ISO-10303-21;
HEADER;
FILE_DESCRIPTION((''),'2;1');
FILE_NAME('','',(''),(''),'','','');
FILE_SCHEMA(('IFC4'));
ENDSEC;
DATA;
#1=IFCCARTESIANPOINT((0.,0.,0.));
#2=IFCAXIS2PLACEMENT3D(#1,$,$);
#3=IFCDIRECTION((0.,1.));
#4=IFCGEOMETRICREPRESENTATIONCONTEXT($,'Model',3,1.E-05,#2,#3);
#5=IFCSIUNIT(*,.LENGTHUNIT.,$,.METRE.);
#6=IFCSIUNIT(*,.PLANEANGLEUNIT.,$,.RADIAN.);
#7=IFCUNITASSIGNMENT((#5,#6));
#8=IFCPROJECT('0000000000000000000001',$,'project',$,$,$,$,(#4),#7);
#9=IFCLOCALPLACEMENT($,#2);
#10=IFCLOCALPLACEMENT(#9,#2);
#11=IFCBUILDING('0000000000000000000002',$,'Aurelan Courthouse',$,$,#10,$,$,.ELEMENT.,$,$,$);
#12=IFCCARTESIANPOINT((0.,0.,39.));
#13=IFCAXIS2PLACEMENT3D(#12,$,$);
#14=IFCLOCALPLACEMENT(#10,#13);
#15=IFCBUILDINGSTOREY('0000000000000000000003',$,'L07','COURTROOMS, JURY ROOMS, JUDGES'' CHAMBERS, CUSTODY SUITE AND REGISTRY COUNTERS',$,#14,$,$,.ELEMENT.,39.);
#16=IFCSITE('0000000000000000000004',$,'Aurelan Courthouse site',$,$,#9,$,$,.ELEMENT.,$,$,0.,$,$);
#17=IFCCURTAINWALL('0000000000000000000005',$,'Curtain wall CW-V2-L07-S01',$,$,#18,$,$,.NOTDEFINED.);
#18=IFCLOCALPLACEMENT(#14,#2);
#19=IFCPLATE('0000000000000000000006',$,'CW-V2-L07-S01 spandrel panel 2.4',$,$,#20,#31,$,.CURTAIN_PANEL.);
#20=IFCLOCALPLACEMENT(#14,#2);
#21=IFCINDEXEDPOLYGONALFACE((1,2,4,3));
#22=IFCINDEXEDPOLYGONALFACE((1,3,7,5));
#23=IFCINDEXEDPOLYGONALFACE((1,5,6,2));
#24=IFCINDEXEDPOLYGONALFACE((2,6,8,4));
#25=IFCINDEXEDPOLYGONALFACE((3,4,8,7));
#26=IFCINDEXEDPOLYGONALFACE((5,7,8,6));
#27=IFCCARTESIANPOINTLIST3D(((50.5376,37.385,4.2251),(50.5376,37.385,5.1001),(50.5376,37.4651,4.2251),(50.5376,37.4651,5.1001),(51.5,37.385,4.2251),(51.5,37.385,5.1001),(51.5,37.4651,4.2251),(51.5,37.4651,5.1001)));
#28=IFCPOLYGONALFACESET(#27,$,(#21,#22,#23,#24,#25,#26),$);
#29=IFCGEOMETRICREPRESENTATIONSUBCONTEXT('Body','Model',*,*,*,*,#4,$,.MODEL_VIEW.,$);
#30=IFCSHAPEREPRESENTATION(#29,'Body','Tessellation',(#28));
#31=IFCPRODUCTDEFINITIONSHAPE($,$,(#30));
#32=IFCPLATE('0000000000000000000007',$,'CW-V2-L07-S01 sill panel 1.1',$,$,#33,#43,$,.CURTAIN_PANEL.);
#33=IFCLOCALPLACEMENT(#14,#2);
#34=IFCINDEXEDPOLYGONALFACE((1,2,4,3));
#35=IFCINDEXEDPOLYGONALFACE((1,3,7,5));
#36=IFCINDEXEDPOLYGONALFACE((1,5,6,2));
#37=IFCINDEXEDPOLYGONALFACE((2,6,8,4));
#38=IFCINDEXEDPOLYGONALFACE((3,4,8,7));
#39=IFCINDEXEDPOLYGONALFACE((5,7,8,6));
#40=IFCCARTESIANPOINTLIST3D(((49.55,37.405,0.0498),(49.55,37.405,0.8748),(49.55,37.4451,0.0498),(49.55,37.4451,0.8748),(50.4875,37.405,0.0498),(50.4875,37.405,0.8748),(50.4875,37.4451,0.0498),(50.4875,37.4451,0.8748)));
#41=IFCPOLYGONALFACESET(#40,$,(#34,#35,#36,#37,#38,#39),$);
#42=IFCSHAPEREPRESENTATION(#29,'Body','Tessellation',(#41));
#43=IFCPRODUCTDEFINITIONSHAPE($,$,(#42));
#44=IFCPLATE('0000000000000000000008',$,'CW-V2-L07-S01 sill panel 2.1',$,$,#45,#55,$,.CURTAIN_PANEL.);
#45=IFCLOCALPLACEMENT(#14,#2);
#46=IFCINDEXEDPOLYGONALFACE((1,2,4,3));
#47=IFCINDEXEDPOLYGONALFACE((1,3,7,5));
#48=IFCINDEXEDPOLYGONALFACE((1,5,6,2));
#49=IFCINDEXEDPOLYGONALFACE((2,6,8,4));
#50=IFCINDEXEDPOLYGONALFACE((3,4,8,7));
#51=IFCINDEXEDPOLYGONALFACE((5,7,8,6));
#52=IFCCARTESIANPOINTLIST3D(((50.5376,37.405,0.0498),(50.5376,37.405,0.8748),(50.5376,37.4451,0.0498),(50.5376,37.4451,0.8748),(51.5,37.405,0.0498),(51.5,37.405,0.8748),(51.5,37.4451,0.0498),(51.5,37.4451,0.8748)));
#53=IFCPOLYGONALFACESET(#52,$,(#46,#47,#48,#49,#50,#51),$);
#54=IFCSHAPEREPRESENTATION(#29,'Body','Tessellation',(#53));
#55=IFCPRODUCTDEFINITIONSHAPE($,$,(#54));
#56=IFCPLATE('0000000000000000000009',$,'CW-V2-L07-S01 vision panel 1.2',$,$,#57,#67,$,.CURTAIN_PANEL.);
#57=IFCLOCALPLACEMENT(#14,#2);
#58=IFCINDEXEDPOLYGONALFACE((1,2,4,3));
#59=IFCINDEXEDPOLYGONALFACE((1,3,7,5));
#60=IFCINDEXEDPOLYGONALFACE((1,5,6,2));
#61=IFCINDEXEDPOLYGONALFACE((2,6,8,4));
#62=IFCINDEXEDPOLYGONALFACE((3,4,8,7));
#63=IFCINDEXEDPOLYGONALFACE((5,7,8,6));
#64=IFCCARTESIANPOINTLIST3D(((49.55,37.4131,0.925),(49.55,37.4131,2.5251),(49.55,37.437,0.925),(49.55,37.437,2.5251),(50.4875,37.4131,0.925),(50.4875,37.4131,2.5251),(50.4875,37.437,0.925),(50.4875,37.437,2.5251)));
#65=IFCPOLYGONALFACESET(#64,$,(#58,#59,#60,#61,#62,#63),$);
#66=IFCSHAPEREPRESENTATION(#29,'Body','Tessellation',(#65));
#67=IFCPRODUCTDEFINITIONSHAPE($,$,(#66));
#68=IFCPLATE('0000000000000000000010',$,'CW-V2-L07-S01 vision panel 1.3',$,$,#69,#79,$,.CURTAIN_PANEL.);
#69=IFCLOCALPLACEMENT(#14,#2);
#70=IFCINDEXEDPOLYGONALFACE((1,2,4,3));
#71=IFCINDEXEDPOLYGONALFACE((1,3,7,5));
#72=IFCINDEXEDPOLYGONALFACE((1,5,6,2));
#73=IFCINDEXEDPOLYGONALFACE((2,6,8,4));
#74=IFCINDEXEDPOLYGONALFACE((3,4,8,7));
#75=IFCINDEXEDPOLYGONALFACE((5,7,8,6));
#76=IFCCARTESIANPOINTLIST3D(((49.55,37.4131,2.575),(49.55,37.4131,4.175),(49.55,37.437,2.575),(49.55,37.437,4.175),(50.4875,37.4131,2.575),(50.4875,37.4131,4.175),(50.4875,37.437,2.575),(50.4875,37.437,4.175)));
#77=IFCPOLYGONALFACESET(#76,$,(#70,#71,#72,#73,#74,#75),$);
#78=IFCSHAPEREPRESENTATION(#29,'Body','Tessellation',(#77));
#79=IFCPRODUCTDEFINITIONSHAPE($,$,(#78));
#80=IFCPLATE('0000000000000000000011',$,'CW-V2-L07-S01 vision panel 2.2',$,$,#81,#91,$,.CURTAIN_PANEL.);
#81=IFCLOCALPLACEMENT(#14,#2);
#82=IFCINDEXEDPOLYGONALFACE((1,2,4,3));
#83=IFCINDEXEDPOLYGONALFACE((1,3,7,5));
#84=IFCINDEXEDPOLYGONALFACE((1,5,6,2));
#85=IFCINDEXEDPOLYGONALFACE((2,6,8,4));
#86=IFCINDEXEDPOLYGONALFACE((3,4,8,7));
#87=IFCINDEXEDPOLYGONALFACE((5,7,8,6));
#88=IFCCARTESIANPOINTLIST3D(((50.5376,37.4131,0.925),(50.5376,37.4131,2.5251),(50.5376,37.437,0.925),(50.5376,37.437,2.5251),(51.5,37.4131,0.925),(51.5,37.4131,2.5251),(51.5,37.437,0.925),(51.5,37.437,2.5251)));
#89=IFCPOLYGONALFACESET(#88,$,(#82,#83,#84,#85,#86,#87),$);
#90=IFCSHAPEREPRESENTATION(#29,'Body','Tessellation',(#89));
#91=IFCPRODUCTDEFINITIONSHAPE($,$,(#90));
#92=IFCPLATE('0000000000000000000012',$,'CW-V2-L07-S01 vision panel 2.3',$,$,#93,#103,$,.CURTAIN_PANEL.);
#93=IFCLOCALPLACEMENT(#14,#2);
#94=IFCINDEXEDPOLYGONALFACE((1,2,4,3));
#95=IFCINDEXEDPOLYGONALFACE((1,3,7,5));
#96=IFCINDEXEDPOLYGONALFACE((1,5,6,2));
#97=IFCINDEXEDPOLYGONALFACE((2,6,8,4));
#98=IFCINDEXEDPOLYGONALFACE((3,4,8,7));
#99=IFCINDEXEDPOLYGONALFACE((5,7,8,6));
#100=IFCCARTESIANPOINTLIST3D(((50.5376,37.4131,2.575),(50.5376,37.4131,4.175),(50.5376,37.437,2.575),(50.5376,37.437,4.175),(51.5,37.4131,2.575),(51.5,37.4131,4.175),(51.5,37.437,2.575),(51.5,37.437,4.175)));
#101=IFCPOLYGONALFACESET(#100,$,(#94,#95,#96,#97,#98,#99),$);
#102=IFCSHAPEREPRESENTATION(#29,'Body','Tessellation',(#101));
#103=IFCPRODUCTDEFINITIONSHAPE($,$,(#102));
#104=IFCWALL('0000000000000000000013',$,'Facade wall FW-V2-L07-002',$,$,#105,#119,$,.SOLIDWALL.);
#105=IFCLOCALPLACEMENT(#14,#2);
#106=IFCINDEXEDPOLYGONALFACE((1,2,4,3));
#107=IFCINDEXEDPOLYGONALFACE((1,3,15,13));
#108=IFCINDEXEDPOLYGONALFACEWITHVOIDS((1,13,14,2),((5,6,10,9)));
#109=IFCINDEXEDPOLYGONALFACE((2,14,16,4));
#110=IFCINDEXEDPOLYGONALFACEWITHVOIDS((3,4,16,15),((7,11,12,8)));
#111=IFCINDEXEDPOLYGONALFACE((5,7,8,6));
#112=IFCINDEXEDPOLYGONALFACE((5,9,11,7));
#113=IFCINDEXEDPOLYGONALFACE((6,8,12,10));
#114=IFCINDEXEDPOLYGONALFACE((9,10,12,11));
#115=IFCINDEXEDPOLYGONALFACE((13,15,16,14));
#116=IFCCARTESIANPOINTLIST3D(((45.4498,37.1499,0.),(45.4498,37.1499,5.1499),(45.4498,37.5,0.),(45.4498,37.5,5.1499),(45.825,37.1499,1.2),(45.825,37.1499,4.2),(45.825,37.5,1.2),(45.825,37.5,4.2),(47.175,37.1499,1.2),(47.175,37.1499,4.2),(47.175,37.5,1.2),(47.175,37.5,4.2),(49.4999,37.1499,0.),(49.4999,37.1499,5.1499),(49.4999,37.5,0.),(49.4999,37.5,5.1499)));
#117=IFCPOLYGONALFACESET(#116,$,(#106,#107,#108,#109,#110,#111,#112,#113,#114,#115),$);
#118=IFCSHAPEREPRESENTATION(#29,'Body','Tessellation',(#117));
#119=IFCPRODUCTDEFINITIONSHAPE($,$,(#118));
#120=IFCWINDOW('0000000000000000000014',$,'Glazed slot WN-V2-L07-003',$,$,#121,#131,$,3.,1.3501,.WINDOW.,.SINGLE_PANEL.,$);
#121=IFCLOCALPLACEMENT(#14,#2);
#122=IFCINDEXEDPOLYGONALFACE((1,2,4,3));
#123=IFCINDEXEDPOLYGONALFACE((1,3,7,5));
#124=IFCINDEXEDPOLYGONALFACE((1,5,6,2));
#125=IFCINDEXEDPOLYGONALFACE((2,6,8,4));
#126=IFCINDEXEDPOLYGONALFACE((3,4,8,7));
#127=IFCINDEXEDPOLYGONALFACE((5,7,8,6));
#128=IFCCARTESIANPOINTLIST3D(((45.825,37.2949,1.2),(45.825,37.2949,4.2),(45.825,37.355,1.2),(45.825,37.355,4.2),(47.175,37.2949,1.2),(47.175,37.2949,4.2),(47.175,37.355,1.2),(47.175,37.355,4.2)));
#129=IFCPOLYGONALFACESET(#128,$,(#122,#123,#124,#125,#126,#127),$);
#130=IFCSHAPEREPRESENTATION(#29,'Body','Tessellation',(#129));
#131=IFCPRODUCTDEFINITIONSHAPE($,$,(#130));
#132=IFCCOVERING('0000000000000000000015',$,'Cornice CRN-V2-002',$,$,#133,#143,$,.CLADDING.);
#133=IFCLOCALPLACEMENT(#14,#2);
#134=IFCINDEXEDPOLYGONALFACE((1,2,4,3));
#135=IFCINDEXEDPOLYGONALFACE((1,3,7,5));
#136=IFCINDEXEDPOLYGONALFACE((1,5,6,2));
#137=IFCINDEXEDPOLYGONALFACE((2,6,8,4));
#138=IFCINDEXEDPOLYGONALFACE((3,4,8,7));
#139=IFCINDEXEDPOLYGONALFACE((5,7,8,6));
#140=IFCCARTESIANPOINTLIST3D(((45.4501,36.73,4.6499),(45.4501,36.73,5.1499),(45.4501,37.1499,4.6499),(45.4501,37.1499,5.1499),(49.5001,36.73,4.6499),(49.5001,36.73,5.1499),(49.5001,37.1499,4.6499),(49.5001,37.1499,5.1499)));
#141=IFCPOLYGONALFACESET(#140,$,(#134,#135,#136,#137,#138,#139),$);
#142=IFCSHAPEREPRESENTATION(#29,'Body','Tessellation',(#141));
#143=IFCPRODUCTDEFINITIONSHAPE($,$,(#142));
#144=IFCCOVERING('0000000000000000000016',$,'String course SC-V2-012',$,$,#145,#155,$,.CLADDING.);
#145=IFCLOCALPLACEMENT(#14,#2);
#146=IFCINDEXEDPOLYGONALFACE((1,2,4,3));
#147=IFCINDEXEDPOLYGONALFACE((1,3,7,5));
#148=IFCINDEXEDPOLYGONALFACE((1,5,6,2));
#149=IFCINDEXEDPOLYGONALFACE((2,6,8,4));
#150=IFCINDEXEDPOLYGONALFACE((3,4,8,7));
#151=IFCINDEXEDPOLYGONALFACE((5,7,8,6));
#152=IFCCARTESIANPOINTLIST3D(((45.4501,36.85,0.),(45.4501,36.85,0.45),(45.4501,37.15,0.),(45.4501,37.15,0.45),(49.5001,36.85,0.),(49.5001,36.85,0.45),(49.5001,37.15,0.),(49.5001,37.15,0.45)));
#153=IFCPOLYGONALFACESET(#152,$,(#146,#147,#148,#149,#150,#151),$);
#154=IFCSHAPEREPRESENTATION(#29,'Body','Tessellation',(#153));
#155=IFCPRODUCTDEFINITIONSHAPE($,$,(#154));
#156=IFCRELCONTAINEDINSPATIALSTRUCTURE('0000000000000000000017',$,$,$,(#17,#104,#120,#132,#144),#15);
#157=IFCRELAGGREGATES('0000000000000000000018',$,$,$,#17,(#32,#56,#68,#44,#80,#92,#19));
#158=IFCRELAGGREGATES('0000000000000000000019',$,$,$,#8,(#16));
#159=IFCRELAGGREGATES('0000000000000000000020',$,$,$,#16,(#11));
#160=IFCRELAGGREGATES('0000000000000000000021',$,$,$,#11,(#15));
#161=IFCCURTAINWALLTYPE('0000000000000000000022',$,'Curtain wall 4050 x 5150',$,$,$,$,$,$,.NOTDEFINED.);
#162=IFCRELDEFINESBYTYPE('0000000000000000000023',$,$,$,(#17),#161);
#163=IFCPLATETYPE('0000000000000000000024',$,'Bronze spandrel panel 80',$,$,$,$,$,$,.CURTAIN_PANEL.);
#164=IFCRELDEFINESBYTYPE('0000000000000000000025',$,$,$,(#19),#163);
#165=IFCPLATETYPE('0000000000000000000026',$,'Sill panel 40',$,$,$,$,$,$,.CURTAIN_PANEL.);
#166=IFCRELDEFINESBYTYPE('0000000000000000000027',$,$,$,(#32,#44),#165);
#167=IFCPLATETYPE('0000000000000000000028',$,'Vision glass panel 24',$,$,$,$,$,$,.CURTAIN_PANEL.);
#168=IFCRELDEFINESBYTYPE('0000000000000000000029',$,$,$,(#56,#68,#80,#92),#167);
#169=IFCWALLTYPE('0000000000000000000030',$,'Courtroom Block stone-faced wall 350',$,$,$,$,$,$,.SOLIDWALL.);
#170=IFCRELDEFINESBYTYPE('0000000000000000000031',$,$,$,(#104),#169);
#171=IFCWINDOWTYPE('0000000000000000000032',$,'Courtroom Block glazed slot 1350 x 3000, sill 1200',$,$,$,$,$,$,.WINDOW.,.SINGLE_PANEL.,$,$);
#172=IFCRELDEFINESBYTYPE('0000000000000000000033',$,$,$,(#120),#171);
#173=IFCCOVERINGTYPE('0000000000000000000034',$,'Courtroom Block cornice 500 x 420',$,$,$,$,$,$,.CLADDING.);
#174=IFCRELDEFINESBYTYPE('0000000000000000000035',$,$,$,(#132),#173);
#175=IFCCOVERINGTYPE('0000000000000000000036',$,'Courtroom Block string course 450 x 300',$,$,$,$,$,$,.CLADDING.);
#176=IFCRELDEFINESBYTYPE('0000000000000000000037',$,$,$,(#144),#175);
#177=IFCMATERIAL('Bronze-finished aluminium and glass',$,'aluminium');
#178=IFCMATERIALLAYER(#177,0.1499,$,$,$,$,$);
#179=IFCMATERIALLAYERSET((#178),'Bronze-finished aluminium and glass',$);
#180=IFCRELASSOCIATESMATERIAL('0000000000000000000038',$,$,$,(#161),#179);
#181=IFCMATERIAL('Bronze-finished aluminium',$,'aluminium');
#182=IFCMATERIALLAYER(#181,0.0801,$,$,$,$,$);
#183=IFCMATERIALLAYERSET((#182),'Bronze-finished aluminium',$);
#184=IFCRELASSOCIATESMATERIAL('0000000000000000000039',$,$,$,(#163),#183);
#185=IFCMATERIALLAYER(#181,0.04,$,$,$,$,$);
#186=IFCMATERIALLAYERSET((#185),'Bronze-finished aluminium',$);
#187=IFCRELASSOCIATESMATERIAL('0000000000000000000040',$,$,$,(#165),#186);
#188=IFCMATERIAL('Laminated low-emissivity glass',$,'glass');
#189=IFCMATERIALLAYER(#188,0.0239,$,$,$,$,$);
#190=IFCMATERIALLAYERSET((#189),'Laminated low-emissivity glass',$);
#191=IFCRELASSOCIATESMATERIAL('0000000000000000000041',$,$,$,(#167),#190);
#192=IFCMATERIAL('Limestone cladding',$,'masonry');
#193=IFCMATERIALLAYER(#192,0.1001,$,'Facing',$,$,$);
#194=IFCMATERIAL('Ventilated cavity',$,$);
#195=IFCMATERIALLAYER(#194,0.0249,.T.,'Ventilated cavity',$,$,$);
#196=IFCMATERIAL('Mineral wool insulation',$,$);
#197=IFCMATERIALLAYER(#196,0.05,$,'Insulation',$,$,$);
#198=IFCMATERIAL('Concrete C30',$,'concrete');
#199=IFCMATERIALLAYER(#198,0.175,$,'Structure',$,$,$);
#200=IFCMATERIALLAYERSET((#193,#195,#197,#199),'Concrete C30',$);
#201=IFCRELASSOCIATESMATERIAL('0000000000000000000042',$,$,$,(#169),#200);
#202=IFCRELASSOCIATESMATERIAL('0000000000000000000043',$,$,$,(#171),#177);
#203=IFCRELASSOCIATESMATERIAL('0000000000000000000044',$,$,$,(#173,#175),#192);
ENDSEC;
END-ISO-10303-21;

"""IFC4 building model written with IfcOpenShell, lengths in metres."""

from ifc_helpers import new_model, si_unit, direction, frame, frame_2d, origin, origin_2d, place, context, subcontext, project, spatial, rectangle, extrude, material, layer, layer_set, type_object, element, fill, aggregate, save


model = new_model("IFC4")

# Units and contexts
model_context = context("Model", 3, precision=1e-05, world=origin(), true_north=direction((0.0, 1.0)))
body_context = subcontext(model_context, "Body", "Model", "MODEL_VIEW")
ifc_project = project(units=[si_unit("LENGTHUNIT", "METRE"), si_unit("PLANEANGLEUNIT", "RADIAN")], contexts=[model_context])

# Site, building, storey
site_placement = place(None, origin())
site = spatial("IfcSite", under=ifc_project, at=site_placement, Name="Aurelan Courthouse site", CompositionType="ELEMENT", RefElevation=0.0)
building_placement = place(site_placement, origin())
building = spatial("IfcBuilding", under=site, at=building_placement, Name="Aurelan Courthouse", CompositionType="ELEMENT")
storey_placement = place(building_placement, frame((0.0, 0.0, 39.0)))
storey = spatial("IfcBuildingStorey", under=building, at=storey_placement, Name="L07", Description="COURTROOMS, JURY ROOMS, JUDGES' CHAMBERS, CUSTODY SUITE AND REGISTRY COUNTERS", CompositionType="ELEMENT", Elevation=39.0)

# Curtain wall, plates
ifc_material_1 = material(Name="Bronze-finished aluminium and glass", Category="aluminium")
ifc_layer_1 = layer(ifc_material_1, 0.1499)
ifc_layer_set_1 = layer_set([ifc_layer_1], Name="Bronze-finished aluminium and glass")
curtain_wall_type = type_object("IfcCurtainWallType", Name="Curtain wall 4050 x 5150", PredefinedType="NOTDEFINED", material=ifc_layer_set_1)
curtain_wall_placement = place(storey_placement, origin())
curtain_wall = element("IfcCurtainWall", 1, at=curtain_wall_placement, inside=storey, type_object=curtain_wall_type, Name="Curtain wall CW-V2-L07-S01", PredefinedType="NOTDEFINED")
ifc_material_2 = material(Name="Bronze-finished aluminium", Category="aluminium")
ifc_layer_2 = layer(ifc_material_2, 0.0801)
ifc_layer_set_2 = layer_set([ifc_layer_2], Name="Bronze-finished aluminium")
plate_type_1 = type_object("IfcPlateType", Name="Bronze spandrel panel 80", PredefinedType="CURTAIN_PANEL", material=ifc_layer_set_2)
plate_1_placement = place(storey_placement, frame((51.0188, 37.425, 4.2251), z_axis=(0.0, 0.0, 1.0), x_axis=(1.0, 0.0, 0.0)))
plate_1 = element("IfcPlate", 2, at=plate_1_placement, type_object=plate_type_1, Name="CW-V2-L07-S01 spandrel panel 2.4", PredefinedType="CURTAIN_PANEL", context=body_context, shape_type="SweptSolid", body=[
    extrude(rectangle(XDim=0.9624, YDim=0.0801, at=origin_2d()), origin(), (0.0, 0.0, 1.0), 0.875),
])
ifc_layer_3 = layer(ifc_material_2, 0.04)
ifc_layer_set_3 = layer_set([ifc_layer_3], Name="Bronze-finished aluminium")
plate_type_2 = type_object("IfcPlateType", Name="Sill panel 40", PredefinedType="CURTAIN_PANEL", material=ifc_layer_set_3)
plate_2_placement = place(storey_placement, frame((50.0188, 37.425, 0.0498), z_axis=(0.0, 0.0, 1.0), x_axis=(1.0, 0.0, 0.0)))
plate_2 = element("IfcPlate", 3, at=plate_2_placement, type_object=plate_type_2, Name="CW-V2-L07-S01 sill panel 1.1", PredefinedType="CURTAIN_PANEL", context=body_context, shape_type="SweptSolid", body=[
    extrude(rectangle(XDim=0.9375, YDim=0.04, at=origin_2d()), origin(), (0.0, 0.0, 1.0), 0.825),
])
plate_3_placement = place(storey_placement, frame((51.0188, 37.425, 0.0498), z_axis=(0.0, 0.0, 1.0), x_axis=(1.0, 0.0, 0.0)))
plate_3 = element("IfcPlate", 4, at=plate_3_placement, type_object=plate_type_2, Name="CW-V2-L07-S01 sill panel 2.1", PredefinedType="CURTAIN_PANEL", context=body_context, shape_type="SweptSolid", body=[
    extrude(rectangle(XDim=0.9624, YDim=0.04, at=origin_2d()), origin(), (0.0, 0.0, 1.0), 0.825),
])
ifc_material_3 = material(Name="Laminated low-emissivity glass", Category="glass")
ifc_layer_4 = layer(ifc_material_3, 0.0239)
ifc_layer_set_4 = layer_set([ifc_layer_4], Name="Laminated low-emissivity glass")
plate_type_3 = type_object("IfcPlateType", Name="Vision glass panel 24", PredefinedType="CURTAIN_PANEL", material=ifc_layer_set_4)
plate_4_placement = place(storey_placement, frame((50.0188, 37.425, 0.925), z_axis=(0.0, 0.0, 1.0), x_axis=(1.0, 0.0, 0.0)))
plate_4 = element("IfcPlate", 5, at=plate_4_placement, type_object=plate_type_3, Name="CW-V2-L07-S01 vision panel 1.2", PredefinedType="CURTAIN_PANEL", context=body_context, shape_type="SweptSolid", body=[
    extrude(rectangle(XDim=0.9375, YDim=0.0239, at=origin_2d()), origin(), (0.0, 0.0, 1.0), 1.6001),
])
plate_5_placement = place(storey_placement, frame((50.0188, 37.425, 2.575), z_axis=(0.0, 0.0, 1.0), x_axis=(1.0, 0.0, 0.0)))
plate_5 = element("IfcPlate", 6, at=plate_5_placement, type_object=plate_type_3, Name="CW-V2-L07-S01 vision panel 1.3", PredefinedType="CURTAIN_PANEL", context=body_context, shape_type="SweptSolid", body=[
    extrude(rectangle(XDim=0.9375, YDim=0.0239, at=origin_2d()), origin(), (0.0, 0.0, 1.0), 1.6001),
])
plate_6_placement = place(storey_placement, frame((51.0188, 37.425, 0.925), z_axis=(0.0, 0.0, 1.0), x_axis=(1.0, 0.0, 0.0)))
plate_6 = element("IfcPlate", 7, at=plate_6_placement, type_object=plate_type_3, Name="CW-V2-L07-S01 vision panel 2.2", PredefinedType="CURTAIN_PANEL", context=body_context, shape_type="SweptSolid", body=[
    extrude(rectangle(XDim=0.9624, YDim=0.0239, at=origin_2d()), origin(), (0.0, 0.0, 1.0), 1.6001),
])
plate_7_placement = place(storey_placement, frame((51.0188, 37.425, 2.575), z_axis=(0.0, 0.0, 1.0), x_axis=(1.0, 0.0, 0.0)))
plate_7 = element("IfcPlate", 8, at=plate_7_placement, type_object=plate_type_3, Name="CW-V2-L07-S01 vision panel 2.3", PredefinedType="CURTAIN_PANEL", context=body_context, shape_type="SweptSolid", body=[
    extrude(rectangle(XDim=0.9624, YDim=0.0239, at=origin_2d()), origin(), (0.0, 0.0, 1.0), 1.6001),
])
aggregate(curtain_wall, [plate_2, plate_4, plate_5, plate_3, plate_6, plate_7, plate_1])

# Wall, opening, window
ifc_material_4 = material(Name="Limestone cladding", Category="masonry")
ifc_layer_5 = layer(ifc_material_4, 0.1001, Name="Facing")
ifc_material_5 = material(Name="Ventilated cavity")
ifc_layer_6 = layer(ifc_material_5, 0.0249, ventilated=True, Name="Ventilated cavity")
ifc_material_6 = material(Name="Mineral wool insulation")
ifc_layer_7 = layer(ifc_material_6, 0.05, Name="Insulation")
ifc_material_7 = material(Name="Concrete C30", Category="concrete")
ifc_layer_8 = layer(ifc_material_7, 0.175, Name="Structure")
ifc_layer_set_5 = layer_set([ifc_layer_5, ifc_layer_6, ifc_layer_7, ifc_layer_8], Name="Concrete C30")
wall_type = type_object("IfcWallType", Name="Courtroom Block stone-faced wall 350", PredefinedType="SOLIDWALL", material=ifc_layer_set_5)
wall_placement = place(storey_placement, frame((45.45, 37.325, 0.0), z_axis=(0.0, 0.0, 1.0), x_axis=(1.0, 0.0, 0.0)))
wall = element("IfcWall", 9, at=wall_placement, inside=storey, type_object=wall_type, Name="Facade wall FW-V2-L07-002", PredefinedType="SOLIDWALL", context=body_context, shape_type="SweptSolid", body=[
    extrude(rectangle(XDim=4.05, YDim=0.3501, at=frame_2d((2.0249, 0.0))), origin(), (0.0, 0.0, 1.0), 5.1499),
])
opening_placement = place(wall_placement, frame((0.375, 0.0, 1.2)))
opening = element("IfcOpeningElement", 10, at=opening_placement, cuts=wall, PredefinedType="OPENING", context=body_context, shape_type="SweptSolid", body=[
    extrude(rectangle(XDim=1.3501, YDim=3.0, at=frame_2d((0.675, 1.5))), frame((0.0, 0.1851, 0.0), z_axis=(0.0, -1.0, 0.0), x_axis=(1.0, 0.0, 0.0)), (0.0, 0.0, 1.0), 0.3701),
])
window_type = type_object("IfcWindowType", Name="Courtroom Block glazed slot 1350 x 3000, sill 1200", PartitioningType="SINGLE_PANEL", PredefinedType="WINDOW", material=ifc_material_1)
window_placement = place(opening_placement, origin())
window = element("IfcWindow", 11, at=window_placement, inside=storey, type_object=window_type, Name="Glazed slot WN-V2-L07-003", OverallHeight=3.0, OverallWidth=1.3501, PartitioningType="SINGLE_PANEL", PredefinedType="WINDOW", context=body_context, shape_type="SweptSolid", body=[
    extrude(rectangle(XDim=1.3501, YDim=3.0, at=frame_2d((0.675, 1.5))), frame((0.0, 0.03, 0.0), z_axis=(0.0, -1.0, 0.0), x_axis=(1.0, 0.0, 0.0)), (0.0, 0.0, 1.0), 0.0601),
])
fill(opening, window)

# Coverings
covering_type_1 = type_object("IfcCoveringType", Name="Courtroom Block cornice 500 x 420", PredefinedType="CLADDING", material=ifc_material_4)
covering_1_placement = place(storey_placement, frame((47.4751, 36.9399, 4.6499), z_axis=(0.0, 0.0, 1.0), x_axis=(1.0, 0.0, 0.0)))
element("IfcCovering", 12, at=covering_1_placement, inside=storey, type_object=covering_type_1, Name="Cornice CRN-V2-002", PredefinedType="CLADDING", context=body_context, shape_type="SweptSolid", body=[
    extrude(rectangle(XDim=4.05, YDim=0.4199, at=origin_2d()), origin(), (0.0, 0.0, 1.0), 0.5),
])
covering_type_2 = type_object("IfcCoveringType", Name="Courtroom Block string course 450 x 300", PredefinedType="CLADDING", material=ifc_material_4)
covering_2_placement = place(storey_placement, frame((47.4751, 37.0, 0.0), z_axis=(0.0, 0.0, 1.0), x_axis=(1.0, 0.0, 0.0)))
element("IfcCovering", 13, at=covering_2_placement, inside=storey, type_object=covering_type_2, Name="String course SC-V2-012", PredefinedType="CLADDING", context=body_context, shape_type="SweptSolid", body=[
    extrude(rectangle(XDim=4.05, YDim=0.3, at=origin_2d()), origin(), (0.0, 0.0, 1.0), 0.45),
])

save(model, "model.ifc")
